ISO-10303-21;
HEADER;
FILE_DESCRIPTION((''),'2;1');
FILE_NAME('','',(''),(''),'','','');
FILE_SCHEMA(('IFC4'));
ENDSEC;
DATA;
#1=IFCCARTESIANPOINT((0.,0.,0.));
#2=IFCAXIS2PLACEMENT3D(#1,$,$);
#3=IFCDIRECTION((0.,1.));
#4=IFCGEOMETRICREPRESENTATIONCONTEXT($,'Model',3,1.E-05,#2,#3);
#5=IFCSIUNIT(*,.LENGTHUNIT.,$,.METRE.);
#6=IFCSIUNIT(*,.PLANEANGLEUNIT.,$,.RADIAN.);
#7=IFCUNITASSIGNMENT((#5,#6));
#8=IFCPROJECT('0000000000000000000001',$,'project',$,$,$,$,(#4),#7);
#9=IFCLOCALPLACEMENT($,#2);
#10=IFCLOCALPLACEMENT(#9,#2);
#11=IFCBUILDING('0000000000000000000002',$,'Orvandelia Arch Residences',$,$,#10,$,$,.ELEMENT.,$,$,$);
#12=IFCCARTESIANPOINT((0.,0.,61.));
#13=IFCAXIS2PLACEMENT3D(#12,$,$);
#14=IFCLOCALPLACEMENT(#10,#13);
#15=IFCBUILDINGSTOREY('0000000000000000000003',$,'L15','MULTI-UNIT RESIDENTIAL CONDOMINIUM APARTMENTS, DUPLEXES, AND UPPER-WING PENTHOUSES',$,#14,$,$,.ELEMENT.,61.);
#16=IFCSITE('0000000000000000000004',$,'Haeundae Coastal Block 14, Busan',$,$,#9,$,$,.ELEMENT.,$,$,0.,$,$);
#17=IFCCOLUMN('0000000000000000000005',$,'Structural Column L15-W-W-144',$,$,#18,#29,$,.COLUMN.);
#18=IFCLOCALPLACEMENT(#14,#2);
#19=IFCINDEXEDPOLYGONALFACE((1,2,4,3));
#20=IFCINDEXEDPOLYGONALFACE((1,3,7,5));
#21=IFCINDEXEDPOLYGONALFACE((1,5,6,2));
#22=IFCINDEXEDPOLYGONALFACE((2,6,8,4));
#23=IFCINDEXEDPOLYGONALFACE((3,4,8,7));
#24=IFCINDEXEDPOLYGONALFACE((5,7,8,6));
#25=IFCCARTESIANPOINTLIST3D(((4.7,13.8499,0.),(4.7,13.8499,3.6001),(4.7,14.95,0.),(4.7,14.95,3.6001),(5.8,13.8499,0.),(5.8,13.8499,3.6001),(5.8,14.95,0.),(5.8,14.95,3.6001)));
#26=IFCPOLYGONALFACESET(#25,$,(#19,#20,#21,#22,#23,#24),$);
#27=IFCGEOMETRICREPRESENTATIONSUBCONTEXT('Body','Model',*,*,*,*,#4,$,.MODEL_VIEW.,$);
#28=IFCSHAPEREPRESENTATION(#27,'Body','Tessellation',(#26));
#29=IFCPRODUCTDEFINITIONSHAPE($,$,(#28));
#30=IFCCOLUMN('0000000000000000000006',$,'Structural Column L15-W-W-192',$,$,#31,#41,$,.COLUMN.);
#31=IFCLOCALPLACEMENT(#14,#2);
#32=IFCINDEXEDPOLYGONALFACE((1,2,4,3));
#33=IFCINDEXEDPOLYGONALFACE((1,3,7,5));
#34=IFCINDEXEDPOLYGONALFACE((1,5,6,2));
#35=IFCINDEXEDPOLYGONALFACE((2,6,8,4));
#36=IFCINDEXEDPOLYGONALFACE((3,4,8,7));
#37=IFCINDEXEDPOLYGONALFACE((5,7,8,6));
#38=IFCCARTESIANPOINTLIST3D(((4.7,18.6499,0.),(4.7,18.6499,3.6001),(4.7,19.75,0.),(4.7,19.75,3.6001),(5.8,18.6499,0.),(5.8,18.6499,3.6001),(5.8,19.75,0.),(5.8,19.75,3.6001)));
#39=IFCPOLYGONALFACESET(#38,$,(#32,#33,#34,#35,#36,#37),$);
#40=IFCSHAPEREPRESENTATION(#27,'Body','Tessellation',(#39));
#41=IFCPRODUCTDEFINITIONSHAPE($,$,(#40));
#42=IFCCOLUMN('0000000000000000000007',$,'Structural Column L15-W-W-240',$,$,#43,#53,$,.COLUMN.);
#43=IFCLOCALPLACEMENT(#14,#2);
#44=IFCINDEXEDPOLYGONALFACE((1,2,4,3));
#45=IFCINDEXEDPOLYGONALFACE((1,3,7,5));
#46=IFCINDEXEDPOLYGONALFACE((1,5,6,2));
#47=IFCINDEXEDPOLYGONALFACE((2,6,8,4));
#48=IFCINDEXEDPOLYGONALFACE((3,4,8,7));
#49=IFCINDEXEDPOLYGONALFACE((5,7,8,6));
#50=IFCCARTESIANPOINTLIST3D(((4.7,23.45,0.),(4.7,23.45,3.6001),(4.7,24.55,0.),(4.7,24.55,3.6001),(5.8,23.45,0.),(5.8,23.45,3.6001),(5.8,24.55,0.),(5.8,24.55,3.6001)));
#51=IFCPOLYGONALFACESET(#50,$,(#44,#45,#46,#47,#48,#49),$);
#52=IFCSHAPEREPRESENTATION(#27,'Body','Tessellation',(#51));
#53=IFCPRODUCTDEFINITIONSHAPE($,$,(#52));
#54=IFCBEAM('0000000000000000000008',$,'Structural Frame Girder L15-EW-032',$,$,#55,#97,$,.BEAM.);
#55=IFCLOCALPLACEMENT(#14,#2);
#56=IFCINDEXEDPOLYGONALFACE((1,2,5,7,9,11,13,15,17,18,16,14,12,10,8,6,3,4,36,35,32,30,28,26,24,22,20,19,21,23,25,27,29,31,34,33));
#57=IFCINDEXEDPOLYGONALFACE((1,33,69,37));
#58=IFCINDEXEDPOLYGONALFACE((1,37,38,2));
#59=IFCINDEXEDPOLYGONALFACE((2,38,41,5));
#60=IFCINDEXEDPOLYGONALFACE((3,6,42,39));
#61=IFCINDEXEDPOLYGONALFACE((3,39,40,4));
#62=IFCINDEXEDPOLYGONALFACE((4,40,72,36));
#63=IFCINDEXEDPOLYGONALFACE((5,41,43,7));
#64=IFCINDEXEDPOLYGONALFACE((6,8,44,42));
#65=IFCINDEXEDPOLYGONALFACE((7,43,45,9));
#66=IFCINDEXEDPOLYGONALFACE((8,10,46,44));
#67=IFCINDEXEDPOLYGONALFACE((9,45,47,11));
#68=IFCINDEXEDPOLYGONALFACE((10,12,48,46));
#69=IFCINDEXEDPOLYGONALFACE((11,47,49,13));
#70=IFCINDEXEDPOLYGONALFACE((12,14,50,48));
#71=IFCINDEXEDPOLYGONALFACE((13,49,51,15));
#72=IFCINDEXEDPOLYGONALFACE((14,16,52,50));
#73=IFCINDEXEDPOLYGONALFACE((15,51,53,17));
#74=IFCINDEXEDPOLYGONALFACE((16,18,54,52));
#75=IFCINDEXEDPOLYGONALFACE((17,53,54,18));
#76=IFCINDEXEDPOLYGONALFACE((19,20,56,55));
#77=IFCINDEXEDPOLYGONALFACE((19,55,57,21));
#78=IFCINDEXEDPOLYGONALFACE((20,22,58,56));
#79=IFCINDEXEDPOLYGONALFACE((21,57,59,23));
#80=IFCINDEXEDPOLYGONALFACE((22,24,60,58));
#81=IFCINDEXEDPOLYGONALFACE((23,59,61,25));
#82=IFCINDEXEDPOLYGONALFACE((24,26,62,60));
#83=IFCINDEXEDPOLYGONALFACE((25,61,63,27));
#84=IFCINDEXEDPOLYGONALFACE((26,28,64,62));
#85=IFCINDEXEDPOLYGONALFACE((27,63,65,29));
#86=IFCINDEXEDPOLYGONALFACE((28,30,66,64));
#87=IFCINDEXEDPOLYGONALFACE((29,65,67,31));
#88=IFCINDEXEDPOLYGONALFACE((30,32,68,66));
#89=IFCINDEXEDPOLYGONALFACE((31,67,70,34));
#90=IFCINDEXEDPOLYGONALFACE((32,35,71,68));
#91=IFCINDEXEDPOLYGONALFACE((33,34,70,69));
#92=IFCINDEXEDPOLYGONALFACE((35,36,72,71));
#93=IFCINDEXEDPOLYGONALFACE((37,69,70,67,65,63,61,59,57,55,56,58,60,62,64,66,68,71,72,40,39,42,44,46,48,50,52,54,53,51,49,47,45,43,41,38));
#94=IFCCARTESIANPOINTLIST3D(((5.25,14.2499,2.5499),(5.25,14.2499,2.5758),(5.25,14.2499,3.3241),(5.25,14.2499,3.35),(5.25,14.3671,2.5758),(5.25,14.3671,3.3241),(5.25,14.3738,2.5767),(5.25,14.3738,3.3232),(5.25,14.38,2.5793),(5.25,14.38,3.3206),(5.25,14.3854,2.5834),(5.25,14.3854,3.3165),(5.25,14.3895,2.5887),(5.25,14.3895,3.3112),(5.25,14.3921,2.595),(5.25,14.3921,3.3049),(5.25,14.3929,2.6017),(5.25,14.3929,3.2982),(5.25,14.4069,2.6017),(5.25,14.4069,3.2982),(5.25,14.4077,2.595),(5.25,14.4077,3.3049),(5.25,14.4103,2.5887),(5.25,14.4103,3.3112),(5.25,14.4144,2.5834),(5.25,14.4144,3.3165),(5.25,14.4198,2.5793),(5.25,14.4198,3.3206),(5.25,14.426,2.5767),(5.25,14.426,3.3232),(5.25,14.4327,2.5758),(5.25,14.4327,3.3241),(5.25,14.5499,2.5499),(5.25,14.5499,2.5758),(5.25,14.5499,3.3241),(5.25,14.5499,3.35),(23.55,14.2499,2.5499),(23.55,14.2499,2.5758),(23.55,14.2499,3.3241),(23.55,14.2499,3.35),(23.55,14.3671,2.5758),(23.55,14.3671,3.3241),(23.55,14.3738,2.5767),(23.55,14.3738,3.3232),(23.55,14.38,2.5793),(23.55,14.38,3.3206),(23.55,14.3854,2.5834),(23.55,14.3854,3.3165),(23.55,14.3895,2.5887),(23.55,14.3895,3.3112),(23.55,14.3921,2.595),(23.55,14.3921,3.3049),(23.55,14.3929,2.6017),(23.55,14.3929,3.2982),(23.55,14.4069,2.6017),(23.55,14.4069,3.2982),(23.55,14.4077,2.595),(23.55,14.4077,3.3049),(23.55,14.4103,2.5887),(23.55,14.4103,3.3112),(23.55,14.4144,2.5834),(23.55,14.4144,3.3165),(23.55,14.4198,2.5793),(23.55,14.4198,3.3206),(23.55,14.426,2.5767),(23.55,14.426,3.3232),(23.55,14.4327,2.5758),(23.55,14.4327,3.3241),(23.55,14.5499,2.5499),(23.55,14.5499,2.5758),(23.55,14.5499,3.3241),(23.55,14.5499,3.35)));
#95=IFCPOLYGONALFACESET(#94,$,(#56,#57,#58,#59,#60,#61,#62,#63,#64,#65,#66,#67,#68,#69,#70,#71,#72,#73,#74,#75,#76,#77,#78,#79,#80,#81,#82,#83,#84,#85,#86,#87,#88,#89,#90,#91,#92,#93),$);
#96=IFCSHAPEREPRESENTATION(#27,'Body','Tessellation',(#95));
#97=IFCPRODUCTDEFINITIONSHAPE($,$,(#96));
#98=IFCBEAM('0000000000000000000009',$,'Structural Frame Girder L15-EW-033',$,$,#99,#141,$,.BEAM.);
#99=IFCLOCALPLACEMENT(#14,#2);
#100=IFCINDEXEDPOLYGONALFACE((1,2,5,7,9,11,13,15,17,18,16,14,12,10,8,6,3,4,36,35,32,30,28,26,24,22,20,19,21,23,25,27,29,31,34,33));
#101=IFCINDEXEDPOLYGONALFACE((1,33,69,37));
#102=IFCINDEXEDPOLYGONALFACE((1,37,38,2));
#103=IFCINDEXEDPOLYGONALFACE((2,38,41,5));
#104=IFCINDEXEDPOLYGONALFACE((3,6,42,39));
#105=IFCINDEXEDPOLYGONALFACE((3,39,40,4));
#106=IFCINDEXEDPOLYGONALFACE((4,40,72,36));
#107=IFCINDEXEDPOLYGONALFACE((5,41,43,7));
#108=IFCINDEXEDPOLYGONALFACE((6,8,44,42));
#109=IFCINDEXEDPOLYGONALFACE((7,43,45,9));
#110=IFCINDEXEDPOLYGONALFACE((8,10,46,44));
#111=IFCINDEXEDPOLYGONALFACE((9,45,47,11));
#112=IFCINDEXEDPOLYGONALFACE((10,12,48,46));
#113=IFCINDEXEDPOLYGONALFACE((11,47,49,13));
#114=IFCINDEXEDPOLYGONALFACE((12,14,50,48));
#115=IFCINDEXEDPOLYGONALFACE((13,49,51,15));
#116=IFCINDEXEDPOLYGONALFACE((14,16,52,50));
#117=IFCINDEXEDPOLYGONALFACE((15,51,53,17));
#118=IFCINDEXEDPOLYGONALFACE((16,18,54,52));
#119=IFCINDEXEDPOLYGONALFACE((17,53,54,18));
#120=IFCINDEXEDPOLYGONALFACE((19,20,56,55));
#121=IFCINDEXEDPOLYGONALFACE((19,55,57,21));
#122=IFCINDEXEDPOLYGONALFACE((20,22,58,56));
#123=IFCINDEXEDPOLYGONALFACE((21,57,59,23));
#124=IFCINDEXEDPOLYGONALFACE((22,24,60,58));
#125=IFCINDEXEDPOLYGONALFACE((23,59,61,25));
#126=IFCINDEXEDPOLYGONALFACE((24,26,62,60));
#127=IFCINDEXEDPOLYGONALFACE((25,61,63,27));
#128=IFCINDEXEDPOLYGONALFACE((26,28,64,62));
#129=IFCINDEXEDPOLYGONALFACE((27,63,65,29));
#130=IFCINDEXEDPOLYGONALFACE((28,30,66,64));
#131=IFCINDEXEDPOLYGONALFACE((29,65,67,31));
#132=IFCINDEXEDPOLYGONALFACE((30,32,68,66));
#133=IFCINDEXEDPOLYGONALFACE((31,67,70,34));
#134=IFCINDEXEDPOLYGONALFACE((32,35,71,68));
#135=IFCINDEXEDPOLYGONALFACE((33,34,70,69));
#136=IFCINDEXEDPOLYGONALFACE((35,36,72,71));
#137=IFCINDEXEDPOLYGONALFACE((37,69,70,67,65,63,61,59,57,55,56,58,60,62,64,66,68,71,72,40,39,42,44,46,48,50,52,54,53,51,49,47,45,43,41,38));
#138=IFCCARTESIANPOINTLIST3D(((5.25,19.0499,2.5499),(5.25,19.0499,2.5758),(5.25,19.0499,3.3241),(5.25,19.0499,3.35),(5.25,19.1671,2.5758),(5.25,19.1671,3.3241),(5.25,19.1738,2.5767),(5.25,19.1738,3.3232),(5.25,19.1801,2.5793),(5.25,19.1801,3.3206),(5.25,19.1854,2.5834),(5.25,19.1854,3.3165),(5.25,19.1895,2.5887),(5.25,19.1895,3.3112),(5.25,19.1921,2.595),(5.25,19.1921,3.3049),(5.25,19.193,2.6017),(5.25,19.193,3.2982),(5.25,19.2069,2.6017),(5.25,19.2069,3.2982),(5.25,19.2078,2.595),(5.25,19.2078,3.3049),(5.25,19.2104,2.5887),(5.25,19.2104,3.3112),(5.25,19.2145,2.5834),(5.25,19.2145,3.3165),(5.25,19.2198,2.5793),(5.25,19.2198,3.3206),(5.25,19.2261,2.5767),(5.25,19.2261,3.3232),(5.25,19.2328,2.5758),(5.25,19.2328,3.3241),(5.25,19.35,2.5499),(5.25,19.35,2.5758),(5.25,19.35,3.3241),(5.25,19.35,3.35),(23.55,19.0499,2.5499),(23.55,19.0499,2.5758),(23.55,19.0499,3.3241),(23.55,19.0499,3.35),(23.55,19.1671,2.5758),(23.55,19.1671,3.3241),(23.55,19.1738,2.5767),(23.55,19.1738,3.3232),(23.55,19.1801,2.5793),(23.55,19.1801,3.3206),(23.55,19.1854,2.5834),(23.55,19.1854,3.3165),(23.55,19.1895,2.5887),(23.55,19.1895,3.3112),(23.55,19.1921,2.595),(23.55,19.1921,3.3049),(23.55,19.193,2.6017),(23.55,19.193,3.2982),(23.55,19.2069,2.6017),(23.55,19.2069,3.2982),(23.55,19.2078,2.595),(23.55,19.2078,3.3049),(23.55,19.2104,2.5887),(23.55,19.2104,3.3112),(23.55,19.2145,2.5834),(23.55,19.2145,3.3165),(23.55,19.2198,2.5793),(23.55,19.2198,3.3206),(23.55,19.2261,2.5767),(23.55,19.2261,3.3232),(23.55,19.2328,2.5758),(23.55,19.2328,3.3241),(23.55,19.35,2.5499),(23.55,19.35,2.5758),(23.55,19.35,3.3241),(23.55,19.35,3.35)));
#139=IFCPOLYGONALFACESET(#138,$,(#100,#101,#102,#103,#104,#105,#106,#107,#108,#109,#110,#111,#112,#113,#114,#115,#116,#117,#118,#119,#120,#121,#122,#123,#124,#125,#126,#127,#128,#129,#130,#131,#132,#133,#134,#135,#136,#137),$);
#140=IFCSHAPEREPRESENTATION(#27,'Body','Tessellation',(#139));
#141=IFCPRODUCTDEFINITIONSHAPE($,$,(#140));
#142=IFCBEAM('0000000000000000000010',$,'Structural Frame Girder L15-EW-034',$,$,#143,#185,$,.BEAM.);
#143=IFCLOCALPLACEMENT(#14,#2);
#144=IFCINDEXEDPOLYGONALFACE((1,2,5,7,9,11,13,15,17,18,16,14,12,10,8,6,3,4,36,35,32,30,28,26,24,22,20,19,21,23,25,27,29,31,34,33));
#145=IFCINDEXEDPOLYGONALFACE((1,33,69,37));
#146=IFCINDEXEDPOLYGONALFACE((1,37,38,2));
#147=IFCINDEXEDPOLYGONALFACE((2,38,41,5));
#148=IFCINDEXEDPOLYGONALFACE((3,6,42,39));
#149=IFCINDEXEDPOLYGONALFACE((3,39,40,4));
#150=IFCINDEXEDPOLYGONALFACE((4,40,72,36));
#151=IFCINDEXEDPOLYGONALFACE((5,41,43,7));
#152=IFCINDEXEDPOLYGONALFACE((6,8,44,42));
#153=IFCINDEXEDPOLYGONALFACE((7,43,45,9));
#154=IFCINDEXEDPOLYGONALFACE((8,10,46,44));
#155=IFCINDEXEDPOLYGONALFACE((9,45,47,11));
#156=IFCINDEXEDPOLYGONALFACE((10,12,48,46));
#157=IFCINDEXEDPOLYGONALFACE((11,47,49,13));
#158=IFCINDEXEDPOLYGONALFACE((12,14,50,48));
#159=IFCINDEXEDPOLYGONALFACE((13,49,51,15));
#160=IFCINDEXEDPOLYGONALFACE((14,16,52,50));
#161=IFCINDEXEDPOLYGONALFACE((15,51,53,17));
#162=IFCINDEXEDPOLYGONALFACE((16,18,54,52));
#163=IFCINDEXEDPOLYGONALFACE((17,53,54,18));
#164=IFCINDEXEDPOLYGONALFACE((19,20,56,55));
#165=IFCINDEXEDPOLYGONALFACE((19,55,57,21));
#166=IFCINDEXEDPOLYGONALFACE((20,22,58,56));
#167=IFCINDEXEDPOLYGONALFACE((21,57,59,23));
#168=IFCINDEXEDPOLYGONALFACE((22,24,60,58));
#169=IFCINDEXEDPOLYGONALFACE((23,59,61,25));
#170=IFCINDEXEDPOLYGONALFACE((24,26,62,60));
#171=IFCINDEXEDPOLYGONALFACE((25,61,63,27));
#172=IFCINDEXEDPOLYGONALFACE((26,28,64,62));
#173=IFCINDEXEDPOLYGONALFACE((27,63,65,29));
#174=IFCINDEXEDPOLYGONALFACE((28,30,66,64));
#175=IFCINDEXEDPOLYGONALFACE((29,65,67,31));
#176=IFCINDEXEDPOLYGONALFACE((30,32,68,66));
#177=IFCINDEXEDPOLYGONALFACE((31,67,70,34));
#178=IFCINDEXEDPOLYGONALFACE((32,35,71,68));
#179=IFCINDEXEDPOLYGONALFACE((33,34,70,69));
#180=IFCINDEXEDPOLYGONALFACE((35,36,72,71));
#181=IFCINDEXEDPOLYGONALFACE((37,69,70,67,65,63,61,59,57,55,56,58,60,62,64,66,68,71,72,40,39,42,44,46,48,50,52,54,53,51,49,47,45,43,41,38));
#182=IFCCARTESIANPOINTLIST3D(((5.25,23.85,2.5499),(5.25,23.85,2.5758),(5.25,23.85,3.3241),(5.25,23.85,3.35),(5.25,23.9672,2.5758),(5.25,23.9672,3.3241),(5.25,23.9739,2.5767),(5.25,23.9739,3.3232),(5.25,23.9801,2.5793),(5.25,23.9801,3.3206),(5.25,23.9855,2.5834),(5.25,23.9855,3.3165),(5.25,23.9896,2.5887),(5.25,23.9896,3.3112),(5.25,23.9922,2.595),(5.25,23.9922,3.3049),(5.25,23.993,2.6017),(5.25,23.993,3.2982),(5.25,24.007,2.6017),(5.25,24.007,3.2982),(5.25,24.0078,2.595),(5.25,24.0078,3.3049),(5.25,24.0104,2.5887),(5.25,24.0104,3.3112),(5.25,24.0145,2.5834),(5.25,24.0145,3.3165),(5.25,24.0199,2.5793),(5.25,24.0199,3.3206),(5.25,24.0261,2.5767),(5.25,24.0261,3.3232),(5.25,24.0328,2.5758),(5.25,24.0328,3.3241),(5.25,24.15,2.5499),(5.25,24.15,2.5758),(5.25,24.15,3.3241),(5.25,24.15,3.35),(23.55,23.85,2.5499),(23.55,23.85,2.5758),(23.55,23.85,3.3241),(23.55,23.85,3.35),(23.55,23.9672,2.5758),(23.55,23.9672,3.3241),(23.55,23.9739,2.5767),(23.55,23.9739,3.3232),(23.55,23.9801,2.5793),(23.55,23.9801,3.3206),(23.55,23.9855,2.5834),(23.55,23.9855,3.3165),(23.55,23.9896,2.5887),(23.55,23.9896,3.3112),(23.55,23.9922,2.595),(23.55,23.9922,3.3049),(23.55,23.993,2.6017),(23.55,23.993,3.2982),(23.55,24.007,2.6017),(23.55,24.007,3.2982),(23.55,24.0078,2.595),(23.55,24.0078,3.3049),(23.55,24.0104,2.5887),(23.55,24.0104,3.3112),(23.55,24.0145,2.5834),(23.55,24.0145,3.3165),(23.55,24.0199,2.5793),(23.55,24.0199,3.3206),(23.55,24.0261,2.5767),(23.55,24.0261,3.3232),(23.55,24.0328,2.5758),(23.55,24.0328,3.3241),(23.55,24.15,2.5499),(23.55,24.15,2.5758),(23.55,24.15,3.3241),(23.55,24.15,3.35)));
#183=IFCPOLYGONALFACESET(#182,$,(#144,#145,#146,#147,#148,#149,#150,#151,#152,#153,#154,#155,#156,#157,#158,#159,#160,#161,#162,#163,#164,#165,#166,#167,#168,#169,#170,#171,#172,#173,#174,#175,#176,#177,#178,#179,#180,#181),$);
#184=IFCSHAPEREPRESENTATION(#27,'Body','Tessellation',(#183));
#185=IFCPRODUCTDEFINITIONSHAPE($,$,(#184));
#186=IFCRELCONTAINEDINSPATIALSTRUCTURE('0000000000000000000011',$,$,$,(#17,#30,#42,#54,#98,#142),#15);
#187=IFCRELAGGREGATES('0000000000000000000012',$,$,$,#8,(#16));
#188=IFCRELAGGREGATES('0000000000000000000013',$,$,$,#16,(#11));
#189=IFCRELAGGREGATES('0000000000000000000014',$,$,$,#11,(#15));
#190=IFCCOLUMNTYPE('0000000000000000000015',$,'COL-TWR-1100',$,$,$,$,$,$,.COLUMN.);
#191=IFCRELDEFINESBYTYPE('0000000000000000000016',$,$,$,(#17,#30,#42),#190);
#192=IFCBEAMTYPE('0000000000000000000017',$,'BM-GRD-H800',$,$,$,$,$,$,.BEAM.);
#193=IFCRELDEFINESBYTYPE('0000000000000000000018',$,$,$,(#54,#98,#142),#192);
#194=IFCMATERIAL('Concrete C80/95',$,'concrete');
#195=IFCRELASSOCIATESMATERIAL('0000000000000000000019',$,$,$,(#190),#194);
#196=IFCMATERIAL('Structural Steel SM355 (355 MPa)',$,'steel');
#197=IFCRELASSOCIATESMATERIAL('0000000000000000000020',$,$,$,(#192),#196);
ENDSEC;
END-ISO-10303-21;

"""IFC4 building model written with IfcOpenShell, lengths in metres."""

from ifc_helpers import new_model, si_unit, direction, frame, origin, origin_2d, place, context, subcontext, project, spatial, rectangle, i_section, extrude, material, material_profile, profile_set, type_object, element, save


model = new_model("IFC4")

# Units and contexts
model_context = context("Model", 3, precision=1e-05, world=origin(), true_north=direction((0.0, 1.0)))
body_context = subcontext(model_context, "Body", "Model", "MODEL_VIEW")
ifc_project = project(units=[si_unit("LENGTHUNIT", "METRE"), si_unit("PLANEANGLEUNIT", "RADIAN")], contexts=[model_context])

# Site, building, storey
site_placement = place(None, origin())
site = spatial("IfcSite", under=ifc_project, at=site_placement, Name="Haeundae Coastal Block 14, Busan", CompositionType="ELEMENT", RefElevation=0.0)
building_placement = place(site_placement, origin())
building = spatial("IfcBuilding", under=site, at=building_placement, Name="Orvandelia Arch Residences", CompositionType="ELEMENT")
storey_placement = place(building_placement, frame((0.0, 0.0, 61.0)))
storey = spatial("IfcBuildingStorey", under=building, at=storey_placement, Name="L15", Description="MULTI-UNIT RESIDENTIAL CONDOMINIUM APARTMENTS, DUPLEXES, AND UPPER-WING PENTHOUSES", CompositionType="ELEMENT", Elevation=61.0)

# Columns
ifc_material_1 = material(Name="Concrete C80/95", Category="concrete")
ifc_material_profile_1 = material_profile(ifc_material_1, rectangle(XDim=1.1001, YDim=1.1001, at=origin_2d()), Name="Concrete C80/95", Category="concrete")
ifc_profile_set_1 = profile_set([ifc_material_profile_1], Name="Concrete C80/95")
column_type = type_object("IfcColumnType", Name="COL-TWR-1100", PredefinedType="COLUMN", material=ifc_profile_set_1)
for number, where, z_axis, x_axis, name in (
    (1, (5.25, 14.3999, 0.0), (0.0, 0.0, 1.0), (1.0, 0.0, 0.0), "Structural Column L15-W-W-144"),
    (2, (5.25, 19.2, 0.0), (0.0, 0.0, 1.0), (1.0, 0.0, 0.0), "Structural Column L15-W-W-192"),
    (3, (5.25, 24.0, 0.0), (0.0, 0.0, 1.0), (1.0, 0.0, 0.0), "Structural Column L15-W-W-240"),
):
    element("IfcColumn", number, at=place(storey_placement, frame(where, z_axis=z_axis, x_axis=x_axis)), inside=storey, type_object=column_type, Name=name, PredefinedType="COLUMN", context=body_context, shape_type="SweptSolid", body=[
        extrude(rectangle(XDim=1.1001, YDim=1.1001, at=origin_2d()), origin(), (0.0, 0.0, 1.0), 3.6001),
    ])

# Beams
ifc_material_2 = material(Name="Structural Steel SM355 (355 MPa)", Category="steel")
ifc_material_profile_2 = material_profile(ifc_material_2, i_section(OverallWidth=0.3, OverallDepth=0.8, WebThickness=0.0139, FlangeThickness=0.0259, FilletRadius=0.0259, at=origin_2d()), Name="Structural Steel SM355 (355 MPa)", Category="steel")
ifc_profile_set_2 = profile_set([ifc_material_profile_2], Name="Structural Steel SM355 (355 MPa)")
beam_type_1 = type_object("IfcBeamType", Name="BM-GRD-H800", PredefinedType="BEAM", material=ifc_profile_set_2)
for number, where, z_axis, x_axis, name in (
    (4, (5.25, 14.3999, 2.95), (1.0, 0.0, 0.0), (0.0, 1.0, 0.0), "Structural Frame Girder L15-EW-032"),
    (5, (5.25, 19.2, 2.95), (1.0, 0.0, 0.0), (0.0, 1.0, 0.0), "Structural Frame Girder L15-EW-033"),
    (6, (5.25, 24.0, 2.95), (1.0, 0.0, 0.0), (0.0, 1.0, 0.0), "Structural Frame Girder L15-EW-034"),
):
    element("IfcBeam", number, at=place(storey_placement, frame(where, z_axis=z_axis, x_axis=x_axis)), inside=storey, type_object=beam_type_1, Name=name, PredefinedType="BEAM", context=body_context, shape_type="SweptSolid", body=[
        extrude(i_section(OverallWidth=0.3, OverallDepth=0.8, WebThickness=0.0139, FlangeThickness=0.0259, FilletRadius=0.0259, at=origin_2d()), origin(), (0.0, 0.0, 1.0), 18.3),
    ])

save(model, "model.ifc")
